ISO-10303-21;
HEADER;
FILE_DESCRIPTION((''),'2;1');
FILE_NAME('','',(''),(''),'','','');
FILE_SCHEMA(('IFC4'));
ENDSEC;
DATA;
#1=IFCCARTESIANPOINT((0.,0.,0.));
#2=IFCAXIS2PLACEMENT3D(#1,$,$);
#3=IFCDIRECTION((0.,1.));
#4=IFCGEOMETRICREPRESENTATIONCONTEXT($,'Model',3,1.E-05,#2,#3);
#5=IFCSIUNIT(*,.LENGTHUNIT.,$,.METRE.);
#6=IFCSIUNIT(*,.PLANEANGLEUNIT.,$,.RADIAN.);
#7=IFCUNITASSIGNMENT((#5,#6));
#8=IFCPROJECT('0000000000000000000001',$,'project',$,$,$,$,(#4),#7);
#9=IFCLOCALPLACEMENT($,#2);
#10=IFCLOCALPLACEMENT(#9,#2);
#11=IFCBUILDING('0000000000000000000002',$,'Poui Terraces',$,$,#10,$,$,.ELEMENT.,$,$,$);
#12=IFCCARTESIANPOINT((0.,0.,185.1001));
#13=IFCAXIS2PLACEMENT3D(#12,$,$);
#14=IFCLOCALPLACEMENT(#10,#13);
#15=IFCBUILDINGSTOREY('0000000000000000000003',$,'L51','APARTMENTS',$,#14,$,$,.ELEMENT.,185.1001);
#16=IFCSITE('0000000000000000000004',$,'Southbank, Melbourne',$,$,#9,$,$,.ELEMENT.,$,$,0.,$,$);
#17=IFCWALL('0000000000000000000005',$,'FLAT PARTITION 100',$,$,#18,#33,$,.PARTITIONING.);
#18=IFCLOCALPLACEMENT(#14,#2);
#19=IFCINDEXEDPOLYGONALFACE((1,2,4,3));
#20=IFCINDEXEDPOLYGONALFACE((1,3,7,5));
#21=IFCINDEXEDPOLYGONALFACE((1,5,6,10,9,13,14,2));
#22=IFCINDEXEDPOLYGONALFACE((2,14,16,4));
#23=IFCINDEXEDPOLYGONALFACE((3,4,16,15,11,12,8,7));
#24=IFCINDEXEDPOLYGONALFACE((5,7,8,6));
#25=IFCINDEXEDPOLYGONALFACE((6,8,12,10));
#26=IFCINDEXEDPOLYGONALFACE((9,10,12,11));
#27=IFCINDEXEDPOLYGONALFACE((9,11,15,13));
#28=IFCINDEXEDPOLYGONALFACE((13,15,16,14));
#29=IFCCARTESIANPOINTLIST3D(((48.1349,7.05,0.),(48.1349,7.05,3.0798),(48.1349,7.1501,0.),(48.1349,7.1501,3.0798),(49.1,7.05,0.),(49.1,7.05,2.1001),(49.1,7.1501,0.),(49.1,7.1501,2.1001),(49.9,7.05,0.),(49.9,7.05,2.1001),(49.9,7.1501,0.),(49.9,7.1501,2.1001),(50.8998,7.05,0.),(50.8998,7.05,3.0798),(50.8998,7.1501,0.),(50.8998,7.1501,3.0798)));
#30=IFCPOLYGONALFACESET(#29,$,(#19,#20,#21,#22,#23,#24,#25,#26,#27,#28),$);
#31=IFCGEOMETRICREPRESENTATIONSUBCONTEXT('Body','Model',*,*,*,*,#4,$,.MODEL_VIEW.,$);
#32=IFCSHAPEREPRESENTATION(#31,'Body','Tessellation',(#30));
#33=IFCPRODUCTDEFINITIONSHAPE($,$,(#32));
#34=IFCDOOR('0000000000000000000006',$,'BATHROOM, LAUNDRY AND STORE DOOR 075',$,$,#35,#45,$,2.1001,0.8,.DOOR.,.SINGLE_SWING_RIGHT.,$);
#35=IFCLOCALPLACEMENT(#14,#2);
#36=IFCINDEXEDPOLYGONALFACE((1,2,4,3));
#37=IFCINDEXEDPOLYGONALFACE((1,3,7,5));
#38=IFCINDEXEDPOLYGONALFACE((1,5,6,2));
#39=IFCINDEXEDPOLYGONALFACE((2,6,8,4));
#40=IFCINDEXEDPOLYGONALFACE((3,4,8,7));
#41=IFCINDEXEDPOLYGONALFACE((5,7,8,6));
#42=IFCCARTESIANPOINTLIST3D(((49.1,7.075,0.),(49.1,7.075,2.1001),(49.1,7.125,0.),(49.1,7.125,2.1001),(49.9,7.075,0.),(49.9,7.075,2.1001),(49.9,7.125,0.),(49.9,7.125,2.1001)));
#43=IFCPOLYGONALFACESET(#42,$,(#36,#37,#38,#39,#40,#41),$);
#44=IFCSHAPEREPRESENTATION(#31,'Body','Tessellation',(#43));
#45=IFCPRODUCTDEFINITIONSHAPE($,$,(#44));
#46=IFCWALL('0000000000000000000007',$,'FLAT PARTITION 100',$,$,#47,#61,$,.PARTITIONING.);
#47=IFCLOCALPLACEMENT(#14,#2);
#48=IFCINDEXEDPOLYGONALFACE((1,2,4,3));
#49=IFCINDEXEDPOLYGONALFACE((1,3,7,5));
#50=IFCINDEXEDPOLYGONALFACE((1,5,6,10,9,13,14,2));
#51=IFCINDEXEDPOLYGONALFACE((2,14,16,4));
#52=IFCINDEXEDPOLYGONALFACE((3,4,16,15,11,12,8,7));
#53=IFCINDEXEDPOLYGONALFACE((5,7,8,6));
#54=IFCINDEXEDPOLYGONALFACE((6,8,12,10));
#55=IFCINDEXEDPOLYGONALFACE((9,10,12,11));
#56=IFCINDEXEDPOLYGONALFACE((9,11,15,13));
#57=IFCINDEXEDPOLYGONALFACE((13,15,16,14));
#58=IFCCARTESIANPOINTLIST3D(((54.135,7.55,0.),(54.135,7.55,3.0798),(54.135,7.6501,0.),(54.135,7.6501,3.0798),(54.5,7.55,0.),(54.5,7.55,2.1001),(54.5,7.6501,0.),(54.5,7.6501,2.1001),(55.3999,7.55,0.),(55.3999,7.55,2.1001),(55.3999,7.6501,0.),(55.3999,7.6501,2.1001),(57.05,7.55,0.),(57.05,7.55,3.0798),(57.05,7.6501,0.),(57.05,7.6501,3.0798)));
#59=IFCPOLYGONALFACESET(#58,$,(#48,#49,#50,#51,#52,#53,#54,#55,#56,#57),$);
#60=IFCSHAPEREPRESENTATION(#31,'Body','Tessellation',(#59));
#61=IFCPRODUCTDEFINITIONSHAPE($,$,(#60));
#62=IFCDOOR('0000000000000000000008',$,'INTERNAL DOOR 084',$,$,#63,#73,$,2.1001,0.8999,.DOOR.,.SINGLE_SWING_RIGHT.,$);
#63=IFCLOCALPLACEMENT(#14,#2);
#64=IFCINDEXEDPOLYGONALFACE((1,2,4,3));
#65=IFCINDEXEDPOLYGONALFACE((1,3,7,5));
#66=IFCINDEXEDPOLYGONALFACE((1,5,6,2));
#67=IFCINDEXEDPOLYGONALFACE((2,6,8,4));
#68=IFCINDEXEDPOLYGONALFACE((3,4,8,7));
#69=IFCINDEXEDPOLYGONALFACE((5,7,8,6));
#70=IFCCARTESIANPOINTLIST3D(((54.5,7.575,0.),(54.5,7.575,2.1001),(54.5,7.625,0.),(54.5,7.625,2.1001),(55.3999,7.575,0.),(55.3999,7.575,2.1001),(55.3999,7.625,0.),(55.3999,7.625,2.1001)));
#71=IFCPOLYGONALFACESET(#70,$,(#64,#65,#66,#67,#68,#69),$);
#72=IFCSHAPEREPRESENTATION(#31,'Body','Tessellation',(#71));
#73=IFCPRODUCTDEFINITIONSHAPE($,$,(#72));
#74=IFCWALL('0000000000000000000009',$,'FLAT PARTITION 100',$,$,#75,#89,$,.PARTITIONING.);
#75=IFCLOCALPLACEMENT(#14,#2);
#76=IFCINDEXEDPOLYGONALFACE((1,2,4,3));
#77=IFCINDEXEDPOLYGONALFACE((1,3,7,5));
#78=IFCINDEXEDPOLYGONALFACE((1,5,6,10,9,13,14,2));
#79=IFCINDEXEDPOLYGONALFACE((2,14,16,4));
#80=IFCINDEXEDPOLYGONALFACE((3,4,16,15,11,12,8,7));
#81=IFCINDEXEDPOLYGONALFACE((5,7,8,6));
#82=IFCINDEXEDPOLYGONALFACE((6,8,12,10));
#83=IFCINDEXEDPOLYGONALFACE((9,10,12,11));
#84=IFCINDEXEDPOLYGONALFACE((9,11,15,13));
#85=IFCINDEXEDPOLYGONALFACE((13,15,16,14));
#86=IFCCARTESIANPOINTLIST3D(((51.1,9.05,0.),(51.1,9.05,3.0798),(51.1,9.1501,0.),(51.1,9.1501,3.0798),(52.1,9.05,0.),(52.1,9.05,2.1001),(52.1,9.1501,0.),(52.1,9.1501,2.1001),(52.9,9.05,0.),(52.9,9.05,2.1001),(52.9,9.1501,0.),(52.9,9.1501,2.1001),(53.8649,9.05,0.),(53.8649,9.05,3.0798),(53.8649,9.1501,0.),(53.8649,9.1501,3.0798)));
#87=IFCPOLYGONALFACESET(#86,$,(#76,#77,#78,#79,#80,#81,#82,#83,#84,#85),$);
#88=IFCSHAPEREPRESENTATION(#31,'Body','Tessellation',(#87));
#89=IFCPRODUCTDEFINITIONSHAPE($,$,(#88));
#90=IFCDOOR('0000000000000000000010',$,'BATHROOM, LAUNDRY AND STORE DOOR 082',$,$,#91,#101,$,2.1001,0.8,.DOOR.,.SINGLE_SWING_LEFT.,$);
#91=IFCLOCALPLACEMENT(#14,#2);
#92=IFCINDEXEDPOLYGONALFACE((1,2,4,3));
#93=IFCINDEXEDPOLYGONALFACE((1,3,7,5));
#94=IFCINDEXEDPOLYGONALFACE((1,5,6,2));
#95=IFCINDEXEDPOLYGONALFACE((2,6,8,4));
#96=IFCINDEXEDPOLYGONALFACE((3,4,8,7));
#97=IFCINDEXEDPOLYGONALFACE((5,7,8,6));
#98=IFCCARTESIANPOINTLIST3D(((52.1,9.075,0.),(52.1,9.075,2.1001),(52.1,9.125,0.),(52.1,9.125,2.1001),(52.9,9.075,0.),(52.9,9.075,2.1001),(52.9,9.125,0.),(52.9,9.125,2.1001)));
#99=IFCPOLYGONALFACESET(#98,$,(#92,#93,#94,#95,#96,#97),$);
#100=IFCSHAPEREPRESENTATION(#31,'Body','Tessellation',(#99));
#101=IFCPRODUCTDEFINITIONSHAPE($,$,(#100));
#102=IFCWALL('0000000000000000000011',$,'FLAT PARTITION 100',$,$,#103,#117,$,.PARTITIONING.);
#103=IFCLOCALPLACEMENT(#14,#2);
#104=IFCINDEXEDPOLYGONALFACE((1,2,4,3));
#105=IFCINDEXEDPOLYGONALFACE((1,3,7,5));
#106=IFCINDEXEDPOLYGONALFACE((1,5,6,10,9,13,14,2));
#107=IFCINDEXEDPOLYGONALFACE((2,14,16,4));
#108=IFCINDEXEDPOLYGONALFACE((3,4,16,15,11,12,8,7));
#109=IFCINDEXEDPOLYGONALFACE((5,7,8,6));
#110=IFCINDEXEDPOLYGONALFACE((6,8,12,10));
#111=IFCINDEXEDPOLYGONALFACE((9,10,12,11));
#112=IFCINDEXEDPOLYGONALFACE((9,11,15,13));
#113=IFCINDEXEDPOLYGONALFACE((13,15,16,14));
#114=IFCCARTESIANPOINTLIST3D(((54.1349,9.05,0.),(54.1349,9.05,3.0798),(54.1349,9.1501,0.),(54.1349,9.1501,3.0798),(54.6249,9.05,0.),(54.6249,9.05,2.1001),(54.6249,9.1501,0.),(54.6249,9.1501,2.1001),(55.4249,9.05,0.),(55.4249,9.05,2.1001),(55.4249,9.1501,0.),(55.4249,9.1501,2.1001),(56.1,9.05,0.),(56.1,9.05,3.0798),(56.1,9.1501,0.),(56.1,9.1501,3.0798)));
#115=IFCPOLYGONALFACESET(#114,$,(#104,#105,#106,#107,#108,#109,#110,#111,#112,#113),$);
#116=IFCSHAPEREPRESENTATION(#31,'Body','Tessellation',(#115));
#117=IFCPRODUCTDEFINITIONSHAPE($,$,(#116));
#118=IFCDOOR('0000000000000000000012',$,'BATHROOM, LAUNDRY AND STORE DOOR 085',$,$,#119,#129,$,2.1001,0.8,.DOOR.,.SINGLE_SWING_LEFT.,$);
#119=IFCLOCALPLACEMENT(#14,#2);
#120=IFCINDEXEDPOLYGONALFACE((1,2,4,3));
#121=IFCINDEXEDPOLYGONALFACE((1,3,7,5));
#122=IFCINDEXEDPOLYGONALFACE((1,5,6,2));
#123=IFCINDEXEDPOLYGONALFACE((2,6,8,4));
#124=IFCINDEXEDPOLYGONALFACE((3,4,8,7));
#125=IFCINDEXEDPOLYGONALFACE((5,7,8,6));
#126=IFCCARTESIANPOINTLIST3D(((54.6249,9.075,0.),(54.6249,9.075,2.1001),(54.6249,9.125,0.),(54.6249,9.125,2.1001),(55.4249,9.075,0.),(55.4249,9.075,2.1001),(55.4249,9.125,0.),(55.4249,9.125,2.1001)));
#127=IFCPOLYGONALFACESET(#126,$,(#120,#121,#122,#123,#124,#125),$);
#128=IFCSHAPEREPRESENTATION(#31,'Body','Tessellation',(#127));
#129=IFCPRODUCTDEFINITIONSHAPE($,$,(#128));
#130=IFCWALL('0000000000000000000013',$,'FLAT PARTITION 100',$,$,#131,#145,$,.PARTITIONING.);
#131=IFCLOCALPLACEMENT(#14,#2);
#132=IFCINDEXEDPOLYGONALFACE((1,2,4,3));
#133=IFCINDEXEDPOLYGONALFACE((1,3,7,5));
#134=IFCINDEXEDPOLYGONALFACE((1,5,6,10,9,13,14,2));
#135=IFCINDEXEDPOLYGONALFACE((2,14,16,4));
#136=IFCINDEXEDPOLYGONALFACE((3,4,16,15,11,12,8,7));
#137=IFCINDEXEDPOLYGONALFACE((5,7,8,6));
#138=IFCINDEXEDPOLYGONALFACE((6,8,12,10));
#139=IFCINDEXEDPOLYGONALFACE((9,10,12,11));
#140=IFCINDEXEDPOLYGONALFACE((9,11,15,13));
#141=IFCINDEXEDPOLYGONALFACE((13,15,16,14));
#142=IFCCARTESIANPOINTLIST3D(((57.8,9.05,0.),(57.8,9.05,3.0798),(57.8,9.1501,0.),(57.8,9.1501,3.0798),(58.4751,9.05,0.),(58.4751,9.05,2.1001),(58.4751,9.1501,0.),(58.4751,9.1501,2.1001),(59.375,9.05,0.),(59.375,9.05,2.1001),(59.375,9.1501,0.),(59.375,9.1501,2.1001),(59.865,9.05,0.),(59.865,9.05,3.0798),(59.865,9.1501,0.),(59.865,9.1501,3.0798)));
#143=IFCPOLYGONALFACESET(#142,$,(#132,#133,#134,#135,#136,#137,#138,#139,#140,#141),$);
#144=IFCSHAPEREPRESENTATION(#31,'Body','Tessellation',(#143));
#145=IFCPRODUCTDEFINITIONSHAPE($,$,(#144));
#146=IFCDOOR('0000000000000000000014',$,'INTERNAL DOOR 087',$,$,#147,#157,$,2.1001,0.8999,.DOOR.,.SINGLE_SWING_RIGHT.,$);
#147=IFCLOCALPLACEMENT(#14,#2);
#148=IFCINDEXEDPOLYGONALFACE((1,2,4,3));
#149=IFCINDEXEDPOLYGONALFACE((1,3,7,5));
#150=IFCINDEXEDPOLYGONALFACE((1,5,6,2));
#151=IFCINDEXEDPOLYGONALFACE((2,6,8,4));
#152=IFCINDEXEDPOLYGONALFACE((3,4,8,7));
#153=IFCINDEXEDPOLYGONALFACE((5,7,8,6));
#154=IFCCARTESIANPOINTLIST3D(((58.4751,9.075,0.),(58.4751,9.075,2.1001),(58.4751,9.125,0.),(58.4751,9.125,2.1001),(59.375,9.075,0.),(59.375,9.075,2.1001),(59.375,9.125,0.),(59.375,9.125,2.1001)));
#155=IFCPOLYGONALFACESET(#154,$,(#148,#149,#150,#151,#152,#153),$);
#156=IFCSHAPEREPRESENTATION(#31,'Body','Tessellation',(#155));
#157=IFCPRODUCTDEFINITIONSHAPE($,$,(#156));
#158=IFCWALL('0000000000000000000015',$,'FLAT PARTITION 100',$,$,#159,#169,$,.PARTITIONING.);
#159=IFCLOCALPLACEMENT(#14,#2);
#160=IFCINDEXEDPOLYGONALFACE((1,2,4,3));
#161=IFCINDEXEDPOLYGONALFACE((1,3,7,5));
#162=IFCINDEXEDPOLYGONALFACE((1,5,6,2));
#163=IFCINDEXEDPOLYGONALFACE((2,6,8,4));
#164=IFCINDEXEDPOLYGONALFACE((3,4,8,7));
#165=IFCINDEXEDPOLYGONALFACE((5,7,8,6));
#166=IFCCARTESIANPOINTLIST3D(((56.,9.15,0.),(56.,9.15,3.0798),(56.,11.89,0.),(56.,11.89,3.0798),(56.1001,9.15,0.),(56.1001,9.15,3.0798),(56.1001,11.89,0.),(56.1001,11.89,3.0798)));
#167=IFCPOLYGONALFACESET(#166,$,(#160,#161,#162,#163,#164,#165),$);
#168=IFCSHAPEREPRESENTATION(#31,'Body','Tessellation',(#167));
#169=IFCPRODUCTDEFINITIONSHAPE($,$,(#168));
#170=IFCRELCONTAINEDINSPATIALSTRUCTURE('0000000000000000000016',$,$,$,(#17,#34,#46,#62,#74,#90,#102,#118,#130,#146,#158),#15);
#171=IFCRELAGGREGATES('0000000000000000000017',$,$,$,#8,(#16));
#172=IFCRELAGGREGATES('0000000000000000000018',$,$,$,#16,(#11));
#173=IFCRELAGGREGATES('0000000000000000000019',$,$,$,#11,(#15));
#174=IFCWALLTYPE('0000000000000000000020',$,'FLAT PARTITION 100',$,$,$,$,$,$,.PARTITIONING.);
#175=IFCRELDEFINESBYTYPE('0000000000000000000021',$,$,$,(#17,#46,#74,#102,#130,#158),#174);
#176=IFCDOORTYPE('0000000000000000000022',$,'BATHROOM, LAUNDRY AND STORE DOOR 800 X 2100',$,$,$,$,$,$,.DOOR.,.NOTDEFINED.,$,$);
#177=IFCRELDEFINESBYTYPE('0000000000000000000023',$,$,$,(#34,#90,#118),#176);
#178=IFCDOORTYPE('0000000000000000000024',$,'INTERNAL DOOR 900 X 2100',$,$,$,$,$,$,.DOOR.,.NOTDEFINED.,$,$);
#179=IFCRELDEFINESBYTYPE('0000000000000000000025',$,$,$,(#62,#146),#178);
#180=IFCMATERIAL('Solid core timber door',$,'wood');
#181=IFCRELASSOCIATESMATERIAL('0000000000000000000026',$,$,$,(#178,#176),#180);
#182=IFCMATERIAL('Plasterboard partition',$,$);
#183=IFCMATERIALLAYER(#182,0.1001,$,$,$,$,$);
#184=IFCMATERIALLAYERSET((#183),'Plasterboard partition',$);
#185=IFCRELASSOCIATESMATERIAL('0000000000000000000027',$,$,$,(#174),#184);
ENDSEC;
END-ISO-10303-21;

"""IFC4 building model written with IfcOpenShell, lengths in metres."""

from ifc_helpers import new_model, si_unit, direction, frame, frame_2d, origin, place, context, subcontext, project, spatial, rectangle, extrude, material, layer, layer_set, type_object, element, fill, save


model = new_model("IFC4")

# Units and contexts
model_context = context("Model", 3, precision=1e-05, world=origin(), true_north=direction((0.0, 1.0)))
body_context = subcontext(model_context, "Body", "Model", "MODEL_VIEW")
ifc_project = project(units=[si_unit("LENGTHUNIT", "METRE"), si_unit("PLANEANGLEUNIT", "RADIAN")], contexts=[model_context])

# Site, building, storey
site_placement = place(None, origin())
site = spatial("IfcSite", under=ifc_project, at=site_placement, Name="Southbank, Melbourne", CompositionType="ELEMENT", RefElevation=0.0)
building_placement = place(site_placement, origin())
building = spatial("IfcBuilding", under=site, at=building_placement, Name="Poui Terraces", CompositionType="ELEMENT")
storey_placement = place(building_placement, frame((0.0, 0.0, 185.1001)))
storey = spatial("IfcBuildingStorey", under=building, at=storey_placement, Name="L51", Description="APARTMENTS", CompositionType="ELEMENT", Elevation=185.1001)

# Walls, openings, doors
ifc_material_1 = material(Name="Solid core timber door", Category="wood")
door_type_1 = type_object("IfcDoorType", Name="INTERNAL DOOR 900 X 2100", OperationType="NOTDEFINED", PredefinedType="DOOR", material=ifc_material_1)
ifc_material_2 = material(Name="Plasterboard partition")
ifc_layer_1 = layer(ifc_material_2, 0.1001)
ifc_layer_set_1 = layer_set([ifc_layer_1], Name="Plasterboard partition")
wall_type_1 = type_object("IfcWallType", Name="FLAT PARTITION 100", PredefinedType="PARTITIONING", material=ifc_layer_set_1)
wall_1_placement = place(storey_placement, frame((48.135, 7.1001, 0.0), z_axis=(0.0, 0.0, 1.0), x_axis=(1.0, 0.0, 0.0)))
wall_1 = element("IfcWall", 1, at=wall_1_placement, inside=storey, type_object=wall_type_1, Name="FLAT PARTITION 100", PredefinedType="PARTITIONING", context=body_context, shape_type="SweptSolid", body=[
    extrude(rectangle(XDim=2.7649, YDim=0.1001, at=frame_2d((1.3823, 0.0))), origin(), (0.0, 0.0, 1.0), 3.0798),
])
opening_1_placement = place(wall_1_placement, frame((0.9651, 0.0, 0.0)))
opening_1 = element("IfcOpeningElement", 2, at=opening_1_placement, cuts=wall_1, PredefinedType="OPENING", context=body_context, shape_type="SweptSolid", body=[
    extrude(rectangle(XDim=0.8, YDim=2.1001, at=frame_2d((0.3999, 1.05))), frame((0.0, 0.0601, 0.0), z_axis=(0.0, -1.0, 0.0), x_axis=(1.0, 0.0, 0.0)), (0.0, 0.0, 1.0), 0.1201),
])
door_type_2 = type_object("IfcDoorType", Name="BATHROOM, LAUNDRY AND STORE DOOR 800 X 2100", OperationType="NOTDEFINED", PredefinedType="DOOR", material=ifc_material_1)
door_1_placement = place(opening_1_placement, origin())
door_1 = element("IfcDoor", 3, at=door_1_placement, inside=storey, type_object=door_type_2, Name="BATHROOM, LAUNDRY AND STORE DOOR 075", OperationType="SINGLE_SWING_RIGHT", OverallHeight=2.1001, OverallWidth=0.8, PredefinedType="DOOR", context=body_context, shape_type="SweptSolid", body=[
    extrude(rectangle(XDim=0.8, YDim=2.1001, at=frame_2d((0.3999, 1.05))), frame((0.0, 0.0249, 0.0), z_axis=(0.0, -1.0, 0.0), x_axis=(1.0, 0.0, 0.0)), (0.0, 0.0, 1.0), 0.05),
])
fill(opening_1, door_1)
wall_2_placement = place(storey_placement, frame((54.135, 7.6001, 0.0), z_axis=(0.0, 0.0, 1.0), x_axis=(1.0, 0.0, 0.0)))
wall_2 = element("IfcWall", 4, at=wall_2_placement, inside=storey, type_object=wall_type_1, Name="FLAT PARTITION 100", PredefinedType="PARTITIONING", context=body_context, shape_type="SweptSolid", body=[
    extrude(rectangle(XDim=2.915, YDim=0.1001, at=frame_2d((1.4575, 0.0))), origin(), (0.0, 0.0, 1.0), 3.0798),
])
opening_2_placement = place(wall_2_placement, frame((0.365, 0.0, 0.0)))
opening_2 = element("IfcOpeningElement", 5, at=opening_2_placement, cuts=wall_2, PredefinedType="OPENING", context=body_context, shape_type="SweptSolid", body=[
    extrude(rectangle(XDim=0.8999, YDim=2.1001, at=frame_2d((0.45, 1.05))), frame((0.0, 0.0601, 0.0), z_axis=(0.0, -1.0, 0.0), x_axis=(1.0, 0.0, 0.0)), (0.0, 0.0, 1.0), 0.1201),
])
door_2_placement = place(opening_2_placement, origin())
door_2 = element("IfcDoor", 6, at=door_2_placement, inside=storey, type_object=door_type_1, Name="INTERNAL DOOR 084", OperationType="SINGLE_SWING_RIGHT", OverallHeight=2.1001, OverallWidth=0.8999, PredefinedType="DOOR", context=body_context, shape_type="SweptSolid", body=[
    extrude(rectangle(XDim=0.8999, YDim=2.1001, at=frame_2d((0.45, 1.05))), frame((0.0, 0.0249, 0.0), z_axis=(0.0, -1.0, 0.0), x_axis=(1.0, 0.0, 0.0)), (0.0, 0.0, 1.0), 0.05),
])
fill(opening_2, door_2)
wall_3_placement = place(storey_placement, frame((51.1001, 9.1001, 0.0), z_axis=(0.0, 0.0, 1.0), x_axis=(1.0, 0.0, 0.0)))
wall_3 = element("IfcWall", 7, at=wall_3_placement, inside=storey, type_object=wall_type_1, Name="FLAT PARTITION 100", PredefinedType="PARTITIONING", context=body_context, shape_type="SweptSolid", body=[
    extrude(rectangle(XDim=2.7649, YDim=0.1001, at=frame_2d((1.3823, 0.0))), origin(), (0.0, 0.0, 1.0), 3.0798),
])
opening_3_placement = place(wall_3_placement, frame((1.0, 0.0, 0.0)))
opening_3 = element("IfcOpeningElement", 8, at=opening_3_placement, cuts=wall_3, PredefinedType="OPENING", context=body_context, shape_type="SweptSolid", body=[
    extrude(rectangle(XDim=0.8, YDim=2.1001, at=frame_2d((0.3999, 1.05))), frame((0.0, 0.0601, 0.0), z_axis=(0.0, -1.0, 0.0), x_axis=(1.0, 0.0, 0.0)), (0.0, 0.0, 1.0), 0.1201),
])
door_3_placement = place(opening_3_placement, origin())
door_3 = element("IfcDoor", 9, at=door_3_placement, inside=storey, type_object=door_type_2, Name="BATHROOM, LAUNDRY AND STORE DOOR 082", OperationType="SINGLE_SWING_LEFT", OverallHeight=2.1001, OverallWidth=0.8, PredefinedType="DOOR", context=body_context, shape_type="SweptSolid", body=[
    extrude(rectangle(XDim=0.8, YDim=2.1001, at=frame_2d((0.3999, 1.05))), frame((0.0, 0.0249, 0.0), z_axis=(0.0, -1.0, 0.0), x_axis=(1.0, 0.0, 0.0)), (0.0, 0.0, 1.0), 0.05),
])
fill(opening_3, door_3)
wall_4_placement = place(storey_placement, frame((54.135, 9.1001, 0.0), z_axis=(0.0, 0.0, 1.0), x_axis=(1.0, 0.0, 0.0)))
wall_4 = element("IfcWall", 10, at=wall_4_placement, inside=storey, type_object=wall_type_1, Name="FLAT PARTITION 100", PredefinedType="PARTITIONING", context=body_context, shape_type="SweptSolid", body=[
    extrude(rectangle(XDim=1.9651, YDim=0.1001, at=frame_2d((0.9824, 0.0))), origin(), (0.0, 0.0, 1.0), 3.0798),
])
opening_4_placement = place(wall_4_placement, frame((0.49, 0.0, 0.0)))
opening_4 = element("IfcOpeningElement", 11, at=opening_4_placement, cuts=wall_4, PredefinedType="OPENING", context=body_context, shape_type="SweptSolid", body=[
    extrude(rectangle(XDim=0.8, YDim=2.1001, at=frame_2d((0.3999, 1.05))), frame((0.0, 0.0601, 0.0), z_axis=(0.0, -1.0, 0.0), x_axis=(1.0, 0.0, 0.0)), (0.0, 0.0, 1.0), 0.1201),
])
door_4_placement = place(opening_4_placement, origin())
door_4 = element("IfcDoor", 12, at=door_4_placement, inside=storey, type_object=door_type_2, Name="BATHROOM, LAUNDRY AND STORE DOOR 085", OperationType="SINGLE_SWING_LEFT", OverallHeight=2.1001, OverallWidth=0.8, PredefinedType="DOOR", context=body_context, shape_type="SweptSolid", body=[
    extrude(rectangle(XDim=0.8, YDim=2.1001, at=frame_2d((0.3999, 1.05))), frame((0.0, 0.0249, 0.0), z_axis=(0.0, -1.0, 0.0), x_axis=(1.0, 0.0, 0.0)), (0.0, 0.0, 1.0), 0.05),
])
fill(opening_4, door_4)
wall_5_placement = place(storey_placement, frame((57.8, 9.1001, 0.0), z_axis=(0.0, 0.0, 1.0), x_axis=(1.0, 0.0, 0.0)))
wall_5 = element("IfcWall", 13, at=wall_5_placement, inside=storey, type_object=wall_type_1, Name="FLAT PARTITION 100", PredefinedType="PARTITIONING", context=body_context, shape_type="SweptSolid", body=[
    extrude(rectangle(XDim=2.0649, YDim=0.1001, at=frame_2d((1.0325, 0.0))), origin(), (0.0, 0.0, 1.0), 3.0798),
])
opening_5_placement = place(wall_5_placement, frame((0.675, 0.0, 0.0)))
opening_5 = element("IfcOpeningElement", 14, at=opening_5_placement, cuts=wall_5, PredefinedType="OPENING", context=body_context, shape_type="SweptSolid", body=[
    extrude(rectangle(XDim=0.8999, YDim=2.1001, at=frame_2d((0.45, 1.05))), frame((0.0, 0.0601, 0.0), z_axis=(0.0, -1.0, 0.0), x_axis=(1.0, 0.0, 0.0)), (0.0, 0.0, 1.0), 0.1201),
])
door_5_placement = place(opening_5_placement, origin())
door_5 = element("IfcDoor", 15, at=door_5_placement, inside=storey, type_object=door_type_1, Name="INTERNAL DOOR 087", OperationType="SINGLE_SWING_RIGHT", OverallHeight=2.1001, OverallWidth=0.8999, PredefinedType="DOOR", context=body_context, shape_type="SweptSolid", body=[
    extrude(rectangle(XDim=0.8999, YDim=2.1001, at=frame_2d((0.45, 1.05))), frame((0.0, 0.0249, 0.0), z_axis=(0.0, -1.0, 0.0), x_axis=(1.0, 0.0, 0.0)), (0.0, 0.0, 1.0), 0.05),
])
fill(opening_5, door_5)

# Wall
wall_6_placement = place(storey_placement, frame((56.05, 9.1499, 0.0), z_axis=(0.0, 0.0, 1.0), x_axis=(0.0, 1.0, 0.0)))
element("IfcWall", 16, at=wall_6_placement, inside=storey, type_object=wall_type_1, Name="FLAT PARTITION 100", PredefinedType="PARTITIONING", context=body_context, shape_type="SweptSolid", body=[
    extrude(rectangle(XDim=2.74, YDim=0.1001, at=frame_2d((1.3701, 0.0))), origin(), (0.0, 0.0, 1.0), 3.0798),
])

save(model, "model.ifc")
